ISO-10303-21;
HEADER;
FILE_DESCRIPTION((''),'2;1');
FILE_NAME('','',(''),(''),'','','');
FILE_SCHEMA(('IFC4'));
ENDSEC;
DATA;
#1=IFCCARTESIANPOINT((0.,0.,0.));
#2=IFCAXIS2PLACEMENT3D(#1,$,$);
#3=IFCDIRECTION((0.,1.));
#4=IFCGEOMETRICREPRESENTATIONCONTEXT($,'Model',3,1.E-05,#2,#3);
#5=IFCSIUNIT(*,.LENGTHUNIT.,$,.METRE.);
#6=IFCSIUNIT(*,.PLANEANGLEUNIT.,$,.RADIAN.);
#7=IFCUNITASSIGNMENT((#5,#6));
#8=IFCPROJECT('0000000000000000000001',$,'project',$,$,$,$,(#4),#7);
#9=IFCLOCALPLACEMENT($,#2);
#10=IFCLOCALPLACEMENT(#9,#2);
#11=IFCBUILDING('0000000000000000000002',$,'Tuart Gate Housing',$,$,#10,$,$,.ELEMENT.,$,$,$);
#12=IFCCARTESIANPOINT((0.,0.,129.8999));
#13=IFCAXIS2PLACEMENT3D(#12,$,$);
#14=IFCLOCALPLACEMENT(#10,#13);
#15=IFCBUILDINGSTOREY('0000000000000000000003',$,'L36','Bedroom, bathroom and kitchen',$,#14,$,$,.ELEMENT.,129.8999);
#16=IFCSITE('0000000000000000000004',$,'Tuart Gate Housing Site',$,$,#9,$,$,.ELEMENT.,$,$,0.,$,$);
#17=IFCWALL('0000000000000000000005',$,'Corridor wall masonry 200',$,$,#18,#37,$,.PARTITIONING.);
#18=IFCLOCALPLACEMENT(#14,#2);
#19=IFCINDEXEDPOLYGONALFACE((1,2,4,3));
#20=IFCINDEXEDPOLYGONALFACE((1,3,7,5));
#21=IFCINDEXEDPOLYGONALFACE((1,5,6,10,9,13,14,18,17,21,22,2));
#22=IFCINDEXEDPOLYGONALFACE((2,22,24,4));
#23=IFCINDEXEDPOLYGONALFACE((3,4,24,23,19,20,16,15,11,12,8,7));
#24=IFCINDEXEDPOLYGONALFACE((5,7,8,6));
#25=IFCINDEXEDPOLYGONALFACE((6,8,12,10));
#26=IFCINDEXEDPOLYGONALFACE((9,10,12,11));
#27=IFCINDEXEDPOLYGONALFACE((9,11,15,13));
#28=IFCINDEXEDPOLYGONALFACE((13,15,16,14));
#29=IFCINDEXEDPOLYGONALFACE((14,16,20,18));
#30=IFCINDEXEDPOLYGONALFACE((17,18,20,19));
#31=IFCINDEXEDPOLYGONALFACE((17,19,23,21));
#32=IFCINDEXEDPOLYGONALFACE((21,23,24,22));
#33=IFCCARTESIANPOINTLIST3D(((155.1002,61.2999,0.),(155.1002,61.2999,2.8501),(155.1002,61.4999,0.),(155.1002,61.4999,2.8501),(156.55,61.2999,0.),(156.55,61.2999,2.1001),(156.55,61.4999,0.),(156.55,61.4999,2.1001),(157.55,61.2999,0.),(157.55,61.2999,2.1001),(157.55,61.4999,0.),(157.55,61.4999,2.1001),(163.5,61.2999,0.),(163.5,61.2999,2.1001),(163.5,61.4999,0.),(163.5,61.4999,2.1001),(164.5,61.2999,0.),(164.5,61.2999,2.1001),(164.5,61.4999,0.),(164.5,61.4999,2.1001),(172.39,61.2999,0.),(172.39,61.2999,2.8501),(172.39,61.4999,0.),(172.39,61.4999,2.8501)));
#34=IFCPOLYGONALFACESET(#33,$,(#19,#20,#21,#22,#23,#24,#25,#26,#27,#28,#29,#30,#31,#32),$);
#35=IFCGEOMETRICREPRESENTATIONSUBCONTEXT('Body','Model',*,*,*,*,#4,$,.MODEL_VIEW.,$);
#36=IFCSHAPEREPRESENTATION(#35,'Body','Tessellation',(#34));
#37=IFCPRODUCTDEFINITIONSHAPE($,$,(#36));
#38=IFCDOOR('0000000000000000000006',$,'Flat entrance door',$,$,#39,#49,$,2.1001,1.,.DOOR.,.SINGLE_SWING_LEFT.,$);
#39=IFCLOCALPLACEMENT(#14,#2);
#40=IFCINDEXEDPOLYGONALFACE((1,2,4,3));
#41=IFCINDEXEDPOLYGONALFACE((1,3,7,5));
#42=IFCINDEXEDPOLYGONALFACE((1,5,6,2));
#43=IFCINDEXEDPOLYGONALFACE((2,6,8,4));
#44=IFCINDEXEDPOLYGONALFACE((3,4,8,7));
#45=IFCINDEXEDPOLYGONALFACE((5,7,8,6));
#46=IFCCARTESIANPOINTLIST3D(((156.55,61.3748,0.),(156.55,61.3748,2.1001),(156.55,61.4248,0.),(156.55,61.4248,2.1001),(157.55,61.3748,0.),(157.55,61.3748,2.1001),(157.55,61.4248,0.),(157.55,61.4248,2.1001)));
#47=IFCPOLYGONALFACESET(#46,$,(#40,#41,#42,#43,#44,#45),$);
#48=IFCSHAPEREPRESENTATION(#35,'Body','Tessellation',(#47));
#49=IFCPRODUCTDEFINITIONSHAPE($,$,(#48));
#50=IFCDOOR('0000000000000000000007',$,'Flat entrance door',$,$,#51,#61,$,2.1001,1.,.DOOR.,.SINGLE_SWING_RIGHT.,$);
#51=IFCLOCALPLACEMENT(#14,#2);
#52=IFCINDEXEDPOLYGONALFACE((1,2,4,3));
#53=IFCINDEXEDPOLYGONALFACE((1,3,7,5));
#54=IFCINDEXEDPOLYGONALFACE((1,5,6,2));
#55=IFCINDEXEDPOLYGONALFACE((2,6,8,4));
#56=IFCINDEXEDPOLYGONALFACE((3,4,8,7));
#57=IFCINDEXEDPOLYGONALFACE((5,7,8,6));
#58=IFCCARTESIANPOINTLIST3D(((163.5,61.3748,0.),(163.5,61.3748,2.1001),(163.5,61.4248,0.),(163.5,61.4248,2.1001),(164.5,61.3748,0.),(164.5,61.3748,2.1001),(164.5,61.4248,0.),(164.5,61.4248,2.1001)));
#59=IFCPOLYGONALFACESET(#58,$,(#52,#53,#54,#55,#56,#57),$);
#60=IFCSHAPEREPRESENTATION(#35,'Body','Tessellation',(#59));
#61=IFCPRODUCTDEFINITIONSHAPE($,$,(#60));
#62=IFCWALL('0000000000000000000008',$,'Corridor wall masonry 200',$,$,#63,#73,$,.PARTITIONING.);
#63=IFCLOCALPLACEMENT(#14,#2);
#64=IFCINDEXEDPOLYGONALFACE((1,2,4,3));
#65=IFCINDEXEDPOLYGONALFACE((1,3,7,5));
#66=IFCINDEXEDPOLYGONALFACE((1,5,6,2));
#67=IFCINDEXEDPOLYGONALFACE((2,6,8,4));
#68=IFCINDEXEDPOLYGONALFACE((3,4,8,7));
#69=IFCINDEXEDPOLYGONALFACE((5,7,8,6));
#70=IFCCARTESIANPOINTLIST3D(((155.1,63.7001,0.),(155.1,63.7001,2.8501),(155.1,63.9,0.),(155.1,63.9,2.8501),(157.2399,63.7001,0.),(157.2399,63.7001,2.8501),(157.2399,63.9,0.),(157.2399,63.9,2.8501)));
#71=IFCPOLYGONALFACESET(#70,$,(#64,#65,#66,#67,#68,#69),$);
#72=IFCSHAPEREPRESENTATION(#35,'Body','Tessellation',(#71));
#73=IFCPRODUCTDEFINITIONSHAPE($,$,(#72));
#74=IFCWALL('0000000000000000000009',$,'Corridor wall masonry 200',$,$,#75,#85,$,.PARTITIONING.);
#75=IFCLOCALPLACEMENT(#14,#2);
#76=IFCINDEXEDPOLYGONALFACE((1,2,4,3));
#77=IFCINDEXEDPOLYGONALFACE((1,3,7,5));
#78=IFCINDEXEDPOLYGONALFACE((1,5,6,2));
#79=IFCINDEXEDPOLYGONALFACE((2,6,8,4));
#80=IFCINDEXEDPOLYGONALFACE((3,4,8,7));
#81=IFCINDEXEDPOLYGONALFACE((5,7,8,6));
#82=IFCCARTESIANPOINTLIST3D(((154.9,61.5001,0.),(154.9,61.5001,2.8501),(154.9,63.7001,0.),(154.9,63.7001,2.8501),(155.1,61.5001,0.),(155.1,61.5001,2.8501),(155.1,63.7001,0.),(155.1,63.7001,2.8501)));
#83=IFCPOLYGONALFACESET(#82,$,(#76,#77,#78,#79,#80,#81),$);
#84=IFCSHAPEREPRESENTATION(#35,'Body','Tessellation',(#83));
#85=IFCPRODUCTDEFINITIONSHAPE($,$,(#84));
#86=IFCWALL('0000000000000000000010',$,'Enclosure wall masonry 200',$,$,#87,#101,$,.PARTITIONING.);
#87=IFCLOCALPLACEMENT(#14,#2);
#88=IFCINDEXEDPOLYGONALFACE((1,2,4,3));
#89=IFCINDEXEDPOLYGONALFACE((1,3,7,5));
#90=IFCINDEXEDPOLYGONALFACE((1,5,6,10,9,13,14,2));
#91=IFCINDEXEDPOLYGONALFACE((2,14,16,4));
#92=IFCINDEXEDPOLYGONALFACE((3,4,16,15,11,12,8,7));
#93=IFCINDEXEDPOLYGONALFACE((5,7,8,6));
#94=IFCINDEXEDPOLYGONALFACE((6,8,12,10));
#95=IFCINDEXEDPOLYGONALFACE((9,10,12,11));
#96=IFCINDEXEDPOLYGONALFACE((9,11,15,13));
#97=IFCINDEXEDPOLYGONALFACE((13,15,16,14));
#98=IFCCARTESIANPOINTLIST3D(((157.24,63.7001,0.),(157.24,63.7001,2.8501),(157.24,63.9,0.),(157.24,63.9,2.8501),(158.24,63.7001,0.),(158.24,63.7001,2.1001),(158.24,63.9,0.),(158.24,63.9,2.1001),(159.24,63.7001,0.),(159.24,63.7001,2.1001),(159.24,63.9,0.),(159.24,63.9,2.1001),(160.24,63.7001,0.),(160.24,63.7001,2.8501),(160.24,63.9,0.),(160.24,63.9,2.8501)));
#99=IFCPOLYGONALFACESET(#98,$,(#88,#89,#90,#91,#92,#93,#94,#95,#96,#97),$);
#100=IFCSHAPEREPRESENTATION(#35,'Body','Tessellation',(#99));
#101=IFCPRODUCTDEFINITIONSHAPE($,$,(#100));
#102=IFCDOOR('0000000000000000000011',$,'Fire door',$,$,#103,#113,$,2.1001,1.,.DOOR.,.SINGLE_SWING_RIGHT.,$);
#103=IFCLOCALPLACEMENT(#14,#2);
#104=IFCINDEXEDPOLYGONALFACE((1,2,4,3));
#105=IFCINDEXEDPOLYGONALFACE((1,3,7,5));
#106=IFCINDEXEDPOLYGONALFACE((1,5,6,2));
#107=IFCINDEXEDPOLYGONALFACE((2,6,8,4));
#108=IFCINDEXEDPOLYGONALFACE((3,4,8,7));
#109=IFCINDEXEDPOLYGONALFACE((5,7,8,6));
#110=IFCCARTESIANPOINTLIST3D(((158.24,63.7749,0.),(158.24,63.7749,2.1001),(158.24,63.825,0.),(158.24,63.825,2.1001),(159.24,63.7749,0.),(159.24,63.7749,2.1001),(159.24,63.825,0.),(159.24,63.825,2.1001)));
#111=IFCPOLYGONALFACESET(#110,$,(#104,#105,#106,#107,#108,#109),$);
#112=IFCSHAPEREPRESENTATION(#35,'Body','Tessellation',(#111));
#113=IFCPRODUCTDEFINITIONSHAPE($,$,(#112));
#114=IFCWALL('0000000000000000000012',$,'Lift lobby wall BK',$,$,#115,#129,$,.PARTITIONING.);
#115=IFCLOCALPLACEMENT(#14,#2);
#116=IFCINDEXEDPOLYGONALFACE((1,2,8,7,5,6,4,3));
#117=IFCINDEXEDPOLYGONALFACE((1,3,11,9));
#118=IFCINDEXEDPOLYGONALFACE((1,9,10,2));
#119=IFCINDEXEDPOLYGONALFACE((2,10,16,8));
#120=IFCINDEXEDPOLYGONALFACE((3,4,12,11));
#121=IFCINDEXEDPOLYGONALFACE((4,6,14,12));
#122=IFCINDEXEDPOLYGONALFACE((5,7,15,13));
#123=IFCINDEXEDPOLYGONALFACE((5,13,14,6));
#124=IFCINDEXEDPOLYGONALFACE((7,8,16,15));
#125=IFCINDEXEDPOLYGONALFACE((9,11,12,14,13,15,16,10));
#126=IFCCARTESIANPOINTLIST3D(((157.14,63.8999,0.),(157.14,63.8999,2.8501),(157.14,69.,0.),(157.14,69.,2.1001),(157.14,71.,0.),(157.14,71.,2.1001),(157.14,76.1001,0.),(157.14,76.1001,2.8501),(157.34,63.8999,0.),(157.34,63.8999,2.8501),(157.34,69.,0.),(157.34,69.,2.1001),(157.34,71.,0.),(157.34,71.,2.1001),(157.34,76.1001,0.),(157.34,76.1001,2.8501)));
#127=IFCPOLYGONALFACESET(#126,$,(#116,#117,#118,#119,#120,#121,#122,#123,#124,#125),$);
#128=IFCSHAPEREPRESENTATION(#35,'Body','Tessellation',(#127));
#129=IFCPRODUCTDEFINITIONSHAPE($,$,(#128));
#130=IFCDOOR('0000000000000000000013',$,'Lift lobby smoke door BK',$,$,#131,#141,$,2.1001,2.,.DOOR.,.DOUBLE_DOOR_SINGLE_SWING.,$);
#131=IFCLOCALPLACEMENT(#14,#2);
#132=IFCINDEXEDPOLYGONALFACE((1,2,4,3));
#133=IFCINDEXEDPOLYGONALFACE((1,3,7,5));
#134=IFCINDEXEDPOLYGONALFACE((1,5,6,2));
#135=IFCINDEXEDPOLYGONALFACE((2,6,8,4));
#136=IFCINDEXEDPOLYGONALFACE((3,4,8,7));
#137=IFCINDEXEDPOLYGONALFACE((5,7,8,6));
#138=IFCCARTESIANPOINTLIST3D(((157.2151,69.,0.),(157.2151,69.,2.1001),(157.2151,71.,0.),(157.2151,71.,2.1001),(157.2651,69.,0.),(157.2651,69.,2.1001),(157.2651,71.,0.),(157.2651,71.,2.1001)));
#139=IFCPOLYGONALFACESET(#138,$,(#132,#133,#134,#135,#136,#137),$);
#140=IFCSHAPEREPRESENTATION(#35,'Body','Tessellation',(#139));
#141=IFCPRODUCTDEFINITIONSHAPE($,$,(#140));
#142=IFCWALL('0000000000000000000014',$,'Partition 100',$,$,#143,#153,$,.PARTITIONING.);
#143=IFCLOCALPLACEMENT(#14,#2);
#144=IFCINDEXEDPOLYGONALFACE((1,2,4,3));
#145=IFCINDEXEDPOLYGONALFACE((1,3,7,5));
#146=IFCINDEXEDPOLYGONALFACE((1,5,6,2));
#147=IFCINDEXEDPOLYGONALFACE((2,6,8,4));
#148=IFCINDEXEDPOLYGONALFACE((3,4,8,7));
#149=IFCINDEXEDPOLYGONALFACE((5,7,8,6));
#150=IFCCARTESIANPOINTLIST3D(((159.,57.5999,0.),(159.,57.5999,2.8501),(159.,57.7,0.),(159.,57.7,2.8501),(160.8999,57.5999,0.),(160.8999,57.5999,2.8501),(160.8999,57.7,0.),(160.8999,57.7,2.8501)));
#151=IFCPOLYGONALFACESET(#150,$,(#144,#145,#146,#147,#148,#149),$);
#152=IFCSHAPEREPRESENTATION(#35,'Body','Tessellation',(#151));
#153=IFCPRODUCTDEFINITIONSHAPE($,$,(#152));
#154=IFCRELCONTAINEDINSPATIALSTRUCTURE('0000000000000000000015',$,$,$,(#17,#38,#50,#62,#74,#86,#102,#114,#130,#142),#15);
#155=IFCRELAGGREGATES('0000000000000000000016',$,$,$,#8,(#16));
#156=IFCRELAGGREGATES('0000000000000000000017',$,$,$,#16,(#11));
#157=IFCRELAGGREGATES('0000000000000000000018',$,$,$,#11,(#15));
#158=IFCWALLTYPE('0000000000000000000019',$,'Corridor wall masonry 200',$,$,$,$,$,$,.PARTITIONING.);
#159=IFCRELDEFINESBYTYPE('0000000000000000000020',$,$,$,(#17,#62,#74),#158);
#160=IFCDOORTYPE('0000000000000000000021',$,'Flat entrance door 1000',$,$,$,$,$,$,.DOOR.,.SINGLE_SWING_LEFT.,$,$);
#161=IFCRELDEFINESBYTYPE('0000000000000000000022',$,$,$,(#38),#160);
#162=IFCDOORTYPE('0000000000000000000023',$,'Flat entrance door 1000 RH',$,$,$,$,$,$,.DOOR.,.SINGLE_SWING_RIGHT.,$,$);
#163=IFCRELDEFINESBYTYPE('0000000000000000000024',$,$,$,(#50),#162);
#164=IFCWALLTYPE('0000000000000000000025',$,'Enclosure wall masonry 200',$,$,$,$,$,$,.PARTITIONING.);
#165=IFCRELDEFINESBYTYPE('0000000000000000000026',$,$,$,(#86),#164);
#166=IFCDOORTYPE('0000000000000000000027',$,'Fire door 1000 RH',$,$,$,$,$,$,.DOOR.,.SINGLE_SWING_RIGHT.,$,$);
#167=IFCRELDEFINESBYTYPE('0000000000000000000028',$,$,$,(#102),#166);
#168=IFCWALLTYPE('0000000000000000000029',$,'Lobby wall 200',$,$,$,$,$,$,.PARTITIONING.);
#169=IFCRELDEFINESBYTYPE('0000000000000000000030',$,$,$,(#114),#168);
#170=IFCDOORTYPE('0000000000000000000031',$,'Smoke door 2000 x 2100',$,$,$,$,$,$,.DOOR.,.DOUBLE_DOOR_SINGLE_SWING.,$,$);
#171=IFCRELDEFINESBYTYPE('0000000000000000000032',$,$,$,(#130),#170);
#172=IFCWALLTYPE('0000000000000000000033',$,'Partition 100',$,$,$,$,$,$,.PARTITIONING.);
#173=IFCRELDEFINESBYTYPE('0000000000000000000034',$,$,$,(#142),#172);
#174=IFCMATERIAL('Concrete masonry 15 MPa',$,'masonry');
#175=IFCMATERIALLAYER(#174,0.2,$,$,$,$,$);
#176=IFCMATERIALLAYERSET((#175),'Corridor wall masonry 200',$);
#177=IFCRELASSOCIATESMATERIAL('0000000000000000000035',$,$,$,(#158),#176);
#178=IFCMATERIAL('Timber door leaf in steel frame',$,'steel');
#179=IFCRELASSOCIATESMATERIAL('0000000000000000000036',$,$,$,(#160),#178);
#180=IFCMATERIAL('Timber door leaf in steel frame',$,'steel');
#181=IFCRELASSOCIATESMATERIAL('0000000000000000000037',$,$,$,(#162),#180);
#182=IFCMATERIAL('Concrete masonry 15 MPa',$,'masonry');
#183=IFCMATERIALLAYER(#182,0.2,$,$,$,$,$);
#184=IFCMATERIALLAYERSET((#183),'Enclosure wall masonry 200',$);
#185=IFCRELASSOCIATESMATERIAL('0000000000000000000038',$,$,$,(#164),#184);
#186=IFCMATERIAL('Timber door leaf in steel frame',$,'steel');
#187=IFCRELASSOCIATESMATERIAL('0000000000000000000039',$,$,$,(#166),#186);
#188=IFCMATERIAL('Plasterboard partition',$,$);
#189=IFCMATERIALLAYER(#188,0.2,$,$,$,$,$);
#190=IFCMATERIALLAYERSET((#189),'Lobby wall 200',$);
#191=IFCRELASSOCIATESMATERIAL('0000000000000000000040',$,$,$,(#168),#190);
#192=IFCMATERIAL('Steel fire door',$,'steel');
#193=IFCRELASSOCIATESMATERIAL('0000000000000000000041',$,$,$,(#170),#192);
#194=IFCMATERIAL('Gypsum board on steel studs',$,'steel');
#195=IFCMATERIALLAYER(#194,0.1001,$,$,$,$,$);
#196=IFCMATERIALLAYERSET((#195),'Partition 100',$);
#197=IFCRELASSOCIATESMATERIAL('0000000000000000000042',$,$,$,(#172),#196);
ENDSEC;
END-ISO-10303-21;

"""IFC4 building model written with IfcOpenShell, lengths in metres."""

from ifc_helpers import new_model, si_unit, direction, frame, frame_2d, origin, place, context, subcontext, project, spatial, rectangle, extrude, material, layer, layer_set, type_object, element, fill, save


model = new_model("IFC4")

# Units and contexts
model_context = context("Model", 3, precision=1e-05, world=origin(), true_north=direction((0.0, 1.0)))
body_context = subcontext(model_context, "Body", "Model", "MODEL_VIEW")
ifc_project = project(units=[si_unit("LENGTHUNIT", "METRE"), si_unit("PLANEANGLEUNIT", "RADIAN")], contexts=[model_context])

# Site, building, storey
site_placement = place(None, origin())
site = spatial("IfcSite", under=ifc_project, at=site_placement, Name="Tuart Gate Housing Site", CompositionType="ELEMENT", RefElevation=0.0)
building_placement = place(site_placement, origin())
building = spatial("IfcBuilding", under=site, at=building_placement, Name="Tuart Gate Housing", CompositionType="ELEMENT")
storey_placement = place(building_placement, frame((0.0, 0.0, 129.8999)))
storey = spatial("IfcBuildingStorey", under=building, at=storey_placement, Name="L36", Description="Bedroom, bathroom and kitchen", CompositionType="ELEMENT", Elevation=129.8999)

# Wall, openings, doors
ifc_material_1 = material(Name="Concrete masonry 15 MPa", Category="masonry")
ifc_layer_1 = layer(ifc_material_1, 0.2)
ifc_layer_set_1 = layer_set([ifc_layer_1], Name="Corridor wall masonry 200")
wall_type_1 = type_object("IfcWallType", Name="Corridor wall masonry 200", PredefinedType="PARTITIONING", material=ifc_layer_set_1)
wall_1_placement = place(storey_placement, frame((155.1001, 61.3999, 0.0), z_axis=(0.0, 0.0, 1.0), x_axis=(1.0, 0.0, 0.0)))
wall_1 = element("IfcWall", 1, at=wall_1_placement, inside=storey, type_object=wall_type_1, Name="Corridor wall masonry 200", PredefinedType="PARTITIONING", context=body_context, shape_type="SweptSolid", body=[
    extrude(rectangle(XDim=17.2898, YDim=0.2, at=frame_2d((8.645, 0.0))), origin(), (0.0, 0.0, 1.0), 2.8501),
])
opening_1_placement = place(wall_1_placement, frame((1.45, 0.0, 0.0)))
opening_1 = element("IfcOpeningElement", 2, at=opening_1_placement, cuts=wall_1, PredefinedType="OPENING", context=body_context, shape_type="SweptSolid", body=[
    extrude(rectangle(XDim=1.0, YDim=2.1001, at=frame_2d((0.5, 1.05))), frame((0.0, 0.1099, 0.0), z_axis=(0.0, -1.0, 0.0), x_axis=(1.0, 0.0, 0.0)), (0.0, 0.0, 1.0), 0.22),
])
opening_2_placement = place(wall_1_placement, frame((8.3999, 0.0, 0.0)))
opening_2 = element("IfcOpeningElement", 3, at=opening_2_placement, cuts=wall_1, PredefinedType="OPENING", context=body_context, shape_type="SweptSolid", body=[
    extrude(rectangle(XDim=1.0, YDim=2.1001, at=frame_2d((0.5, 1.05))), frame((0.0, 0.1099, 0.0), z_axis=(0.0, -1.0, 0.0), x_axis=(1.0, 0.0, 0.0)), (0.0, 0.0, 1.0), 0.22),
])
ifc_material_2 = material(Name="Timber door leaf in steel frame", Category="steel")
door_type_1 = type_object("IfcDoorType", Name="Flat entrance door 1000", OperationType="SINGLE_SWING_LEFT", PredefinedType="DOOR", material=ifc_material_2)
door_1_placement = place(opening_1_placement, frame((1.0, 0.0, 0.0), z_axis=(0.0, 0.0, 1.0), x_axis=(-1.0, 0.0, 0.0)))
door_1 = element("IfcDoor", 4, at=door_1_placement, inside=storey, type_object=door_type_1, Name="Flat entrance door", OperationType="SINGLE_SWING_LEFT", OverallHeight=2.1001, OverallWidth=1.0, PredefinedType="DOOR", context=body_context, shape_type="SweptSolid", body=[
    extrude(rectangle(XDim=1.0, YDim=2.1001, at=frame_2d((0.5, 1.05))), frame((0.0, 0.0251, 0.0), z_axis=(0.0, -1.0, 0.0), x_axis=(1.0, 0.0, 0.0)), (0.0, 0.0, 1.0), 0.05),
])
fill(opening_1, door_1)
ifc_material_3 = material(Name="Timber door leaf in steel frame", Category="steel")
door_type_2 = type_object("IfcDoorType", Name="Flat entrance door 1000 RH", OperationType="SINGLE_SWING_RIGHT", PredefinedType="DOOR", material=ifc_material_3)
door_2_placement = place(opening_2_placement, frame((1.0, 0.0, 0.0), z_axis=(0.0, 0.0, 1.0), x_axis=(-1.0, 0.0, 0.0)))
door_2 = element("IfcDoor", 5, at=door_2_placement, inside=storey, type_object=door_type_2, Name="Flat entrance door", OperationType="SINGLE_SWING_RIGHT", OverallHeight=2.1001, OverallWidth=1.0, PredefinedType="DOOR", context=body_context, shape_type="SweptSolid", body=[
    extrude(rectangle(XDim=1.0, YDim=2.1001, at=frame_2d((0.5, 1.05))), frame((0.0, 0.0251, 0.0), z_axis=(0.0, -1.0, 0.0), x_axis=(1.0, 0.0, 0.0)), (0.0, 0.0, 1.0), 0.05),
])
fill(opening_2, door_2)

# Walls
wall_2_placement = place(storey_placement, frame((155.1001, 63.8, 0.0), z_axis=(0.0, 0.0, 1.0), x_axis=(1.0, 0.0, 0.0)))
element("IfcWall", 6, at=wall_2_placement, inside=storey, type_object=wall_type_1, Name="Corridor wall masonry 200", PredefinedType="PARTITIONING", context=body_context, shape_type="SweptSolid", body=[
    extrude(rectangle(XDim=2.1399, YDim=0.2, at=frame_2d((1.0698, 0.0))), origin(), (0.0, 0.0, 1.0), 2.8501),
])
wall_3_placement = place(storey_placement, frame((155.0, 61.5, 0.0), z_axis=(0.0, 0.0, 1.0), x_axis=(0.0, 1.0, 0.0)))
element("IfcWall", 7, at=wall_3_placement, inside=storey, type_object=wall_type_1, Name="Corridor wall masonry 200", PredefinedType="PARTITIONING", context=body_context, shape_type="SweptSolid", body=[
    extrude(rectangle(XDim=2.2, YDim=0.2, at=frame_2d((1.1001, 0.0))), origin(), (0.0, 0.0, 1.0), 2.8501),
])

# Walls, openings, doors
ifc_material_4 = material(Name="Concrete masonry 15 MPa", Category="masonry")
ifc_layer_2 = layer(ifc_material_4, 0.2)
ifc_layer_set_2 = layer_set([ifc_layer_2], Name="Enclosure wall masonry 200")
wall_type_2 = type_object("IfcWallType", Name="Enclosure wall masonry 200", PredefinedType="PARTITIONING", material=ifc_layer_set_2)
wall_4_placement = place(storey_placement, frame((157.24, 63.8, 0.0), z_axis=(0.0, 0.0, 1.0), x_axis=(1.0, 0.0, 0.0)))
wall_4 = element("IfcWall", 8, at=wall_4_placement, inside=storey, type_object=wall_type_2, Name="Enclosure wall masonry 200", PredefinedType="PARTITIONING", context=body_context, shape_type="SweptSolid", body=[
    extrude(rectangle(XDim=3.0, YDim=0.2, at=frame_2d((1.5, 0.0))), origin(), (0.0, 0.0, 1.0), 2.8501),
])
opening_3_placement = place(wall_4_placement, frame((1.0, 0.0, 0.0)))
opening_3 = element("IfcOpeningElement", 9, at=opening_3_placement, cuts=wall_4, PredefinedType="OPENING", context=body_context, shape_type="SweptSolid", body=[
    extrude(rectangle(XDim=1.0, YDim=2.1001, at=frame_2d((0.5, 1.05))), frame((0.0, 0.1099, 0.0), z_axis=(0.0, -1.0, 0.0), x_axis=(1.0, 0.0, 0.0)), (0.0, 0.0, 1.0), 0.22),
])
ifc_material_5 = material(Name="Timber door leaf in steel frame", Category="steel")
door_type_3 = type_object("IfcDoorType", Name="Fire door 1000 RH", OperationType="SINGLE_SWING_RIGHT", PredefinedType="DOOR", material=ifc_material_5)
door_3_placement = place(opening_3_placement, frame((1.0, 0.0, 0.0), z_axis=(0.0, 0.0, 1.0), x_axis=(-1.0, 0.0, 0.0)))
door_3 = element("IfcDoor", 10, at=door_3_placement, inside=storey, type_object=door_type_3, Name="Fire door", OperationType="SINGLE_SWING_RIGHT", OverallHeight=2.1001, OverallWidth=1.0, PredefinedType="DOOR", context=body_context, shape_type="SweptSolid", body=[
    extrude(rectangle(XDim=1.0, YDim=2.1001, at=frame_2d((0.5, 1.05))), frame((0.0, 0.0251, 0.0), z_axis=(0.0, -1.0, 0.0), x_axis=(1.0, 0.0, 0.0)), (0.0, 0.0, 1.0), 0.05),
])
fill(opening_3, door_3)
ifc_material_6 = material(Name="Plasterboard partition")
ifc_layer_3 = layer(ifc_material_6, 0.2)
ifc_layer_set_3 = layer_set([ifc_layer_3], Name="Lobby wall 200")
wall_type_3 = type_object("IfcWallType", Name="Lobby wall 200", PredefinedType="PARTITIONING", material=ifc_layer_set_3)
wall_5_placement = place(storey_placement, frame((157.24, 63.8999, 0.0), z_axis=(0.0, 0.0, 1.0), x_axis=(0.0, 1.0, 0.0)))
wall_5 = element("IfcWall", 11, at=wall_5_placement, inside=storey, type_object=wall_type_3, Name="Lift lobby wall BK", PredefinedType="PARTITIONING", context=body_context, shape_type="SweptSolid", body=[
    extrude(rectangle(XDim=12.2002, YDim=0.2, at=frame_2d((6.1001, 0.0))), origin(), (0.0, 0.0, 1.0), 2.8501),
])
opening_4_placement = place(wall_5_placement, frame((5.1001, 0.0, 0.0)))
opening_4 = element("IfcOpeningElement", 12, at=opening_4_placement, cuts=wall_5, PredefinedType="OPENING", context=body_context, shape_type="SweptSolid", body=[
    extrude(rectangle(XDim=2.0, YDim=2.1001, at=frame_2d((1.0, 1.05))), frame((0.0, 0.1099, 0.0), z_axis=(0.0, -1.0, 0.0), x_axis=(1.0, 0.0, 0.0)), (0.0, 0.0, 1.0), 0.22),
])
ifc_material_7 = material(Name="Steel fire door", Category="steel")
door_type_4 = type_object("IfcDoorType", Name="Smoke door 2000 x 2100", OperationType="DOUBLE_DOOR_SINGLE_SWING", PredefinedType="DOOR", material=ifc_material_7)
door_4_placement = place(opening_4_placement, frame((2.0, 0.0, 0.0), z_axis=(0.0, 0.0, 1.0), x_axis=(-1.0, 0.0, 0.0)))
door_4 = element("IfcDoor", 13, at=door_4_placement, inside=storey, type_object=door_type_4, Name="Lift lobby smoke door BK", OperationType="DOUBLE_DOOR_SINGLE_SWING", OverallHeight=2.1001, OverallWidth=2.0, PredefinedType="DOOR", context=body_context, shape_type="SweptSolid", body=[
    extrude(rectangle(XDim=2.0, YDim=2.1001, at=frame_2d((1.0, 1.05))), frame((0.0, 0.0251, 0.0), z_axis=(0.0, -1.0, 0.0), x_axis=(1.0, 0.0, 0.0)), (0.0, 0.0, 1.0), 0.05),
])
fill(opening_4, door_4)

# Wall
ifc_material_8 = material(Name="Gypsum board on steel studs", Category="steel")
ifc_layer_4 = layer(ifc_material_8, 0.1001)
ifc_layer_set_4 = layer_set([ifc_layer_4], Name="Partition 100")
wall_type_4 = type_object("IfcWallType", Name="Partition 100", PredefinedType="PARTITIONING", material=ifc_layer_set_4)
wall_6_placement = place(storey_placement, frame((159.0, 57.6499, 0.0), z_axis=(0.0, 0.0, 1.0), x_axis=(1.0, 0.0, 0.0)))
element("IfcWall", 14, at=wall_6_placement, inside=storey, type_object=wall_type_4, Name="Partition 100", PredefinedType="PARTITIONING", context=body_context, shape_type="SweptSolid", body=[
    extrude(rectangle(XDim=1.8999, YDim=0.1001, at=frame_2d((0.95, 0.0))), origin(), (0.0, 0.0, 1.0), 2.8501),
])

save(model, "model.ifc")
